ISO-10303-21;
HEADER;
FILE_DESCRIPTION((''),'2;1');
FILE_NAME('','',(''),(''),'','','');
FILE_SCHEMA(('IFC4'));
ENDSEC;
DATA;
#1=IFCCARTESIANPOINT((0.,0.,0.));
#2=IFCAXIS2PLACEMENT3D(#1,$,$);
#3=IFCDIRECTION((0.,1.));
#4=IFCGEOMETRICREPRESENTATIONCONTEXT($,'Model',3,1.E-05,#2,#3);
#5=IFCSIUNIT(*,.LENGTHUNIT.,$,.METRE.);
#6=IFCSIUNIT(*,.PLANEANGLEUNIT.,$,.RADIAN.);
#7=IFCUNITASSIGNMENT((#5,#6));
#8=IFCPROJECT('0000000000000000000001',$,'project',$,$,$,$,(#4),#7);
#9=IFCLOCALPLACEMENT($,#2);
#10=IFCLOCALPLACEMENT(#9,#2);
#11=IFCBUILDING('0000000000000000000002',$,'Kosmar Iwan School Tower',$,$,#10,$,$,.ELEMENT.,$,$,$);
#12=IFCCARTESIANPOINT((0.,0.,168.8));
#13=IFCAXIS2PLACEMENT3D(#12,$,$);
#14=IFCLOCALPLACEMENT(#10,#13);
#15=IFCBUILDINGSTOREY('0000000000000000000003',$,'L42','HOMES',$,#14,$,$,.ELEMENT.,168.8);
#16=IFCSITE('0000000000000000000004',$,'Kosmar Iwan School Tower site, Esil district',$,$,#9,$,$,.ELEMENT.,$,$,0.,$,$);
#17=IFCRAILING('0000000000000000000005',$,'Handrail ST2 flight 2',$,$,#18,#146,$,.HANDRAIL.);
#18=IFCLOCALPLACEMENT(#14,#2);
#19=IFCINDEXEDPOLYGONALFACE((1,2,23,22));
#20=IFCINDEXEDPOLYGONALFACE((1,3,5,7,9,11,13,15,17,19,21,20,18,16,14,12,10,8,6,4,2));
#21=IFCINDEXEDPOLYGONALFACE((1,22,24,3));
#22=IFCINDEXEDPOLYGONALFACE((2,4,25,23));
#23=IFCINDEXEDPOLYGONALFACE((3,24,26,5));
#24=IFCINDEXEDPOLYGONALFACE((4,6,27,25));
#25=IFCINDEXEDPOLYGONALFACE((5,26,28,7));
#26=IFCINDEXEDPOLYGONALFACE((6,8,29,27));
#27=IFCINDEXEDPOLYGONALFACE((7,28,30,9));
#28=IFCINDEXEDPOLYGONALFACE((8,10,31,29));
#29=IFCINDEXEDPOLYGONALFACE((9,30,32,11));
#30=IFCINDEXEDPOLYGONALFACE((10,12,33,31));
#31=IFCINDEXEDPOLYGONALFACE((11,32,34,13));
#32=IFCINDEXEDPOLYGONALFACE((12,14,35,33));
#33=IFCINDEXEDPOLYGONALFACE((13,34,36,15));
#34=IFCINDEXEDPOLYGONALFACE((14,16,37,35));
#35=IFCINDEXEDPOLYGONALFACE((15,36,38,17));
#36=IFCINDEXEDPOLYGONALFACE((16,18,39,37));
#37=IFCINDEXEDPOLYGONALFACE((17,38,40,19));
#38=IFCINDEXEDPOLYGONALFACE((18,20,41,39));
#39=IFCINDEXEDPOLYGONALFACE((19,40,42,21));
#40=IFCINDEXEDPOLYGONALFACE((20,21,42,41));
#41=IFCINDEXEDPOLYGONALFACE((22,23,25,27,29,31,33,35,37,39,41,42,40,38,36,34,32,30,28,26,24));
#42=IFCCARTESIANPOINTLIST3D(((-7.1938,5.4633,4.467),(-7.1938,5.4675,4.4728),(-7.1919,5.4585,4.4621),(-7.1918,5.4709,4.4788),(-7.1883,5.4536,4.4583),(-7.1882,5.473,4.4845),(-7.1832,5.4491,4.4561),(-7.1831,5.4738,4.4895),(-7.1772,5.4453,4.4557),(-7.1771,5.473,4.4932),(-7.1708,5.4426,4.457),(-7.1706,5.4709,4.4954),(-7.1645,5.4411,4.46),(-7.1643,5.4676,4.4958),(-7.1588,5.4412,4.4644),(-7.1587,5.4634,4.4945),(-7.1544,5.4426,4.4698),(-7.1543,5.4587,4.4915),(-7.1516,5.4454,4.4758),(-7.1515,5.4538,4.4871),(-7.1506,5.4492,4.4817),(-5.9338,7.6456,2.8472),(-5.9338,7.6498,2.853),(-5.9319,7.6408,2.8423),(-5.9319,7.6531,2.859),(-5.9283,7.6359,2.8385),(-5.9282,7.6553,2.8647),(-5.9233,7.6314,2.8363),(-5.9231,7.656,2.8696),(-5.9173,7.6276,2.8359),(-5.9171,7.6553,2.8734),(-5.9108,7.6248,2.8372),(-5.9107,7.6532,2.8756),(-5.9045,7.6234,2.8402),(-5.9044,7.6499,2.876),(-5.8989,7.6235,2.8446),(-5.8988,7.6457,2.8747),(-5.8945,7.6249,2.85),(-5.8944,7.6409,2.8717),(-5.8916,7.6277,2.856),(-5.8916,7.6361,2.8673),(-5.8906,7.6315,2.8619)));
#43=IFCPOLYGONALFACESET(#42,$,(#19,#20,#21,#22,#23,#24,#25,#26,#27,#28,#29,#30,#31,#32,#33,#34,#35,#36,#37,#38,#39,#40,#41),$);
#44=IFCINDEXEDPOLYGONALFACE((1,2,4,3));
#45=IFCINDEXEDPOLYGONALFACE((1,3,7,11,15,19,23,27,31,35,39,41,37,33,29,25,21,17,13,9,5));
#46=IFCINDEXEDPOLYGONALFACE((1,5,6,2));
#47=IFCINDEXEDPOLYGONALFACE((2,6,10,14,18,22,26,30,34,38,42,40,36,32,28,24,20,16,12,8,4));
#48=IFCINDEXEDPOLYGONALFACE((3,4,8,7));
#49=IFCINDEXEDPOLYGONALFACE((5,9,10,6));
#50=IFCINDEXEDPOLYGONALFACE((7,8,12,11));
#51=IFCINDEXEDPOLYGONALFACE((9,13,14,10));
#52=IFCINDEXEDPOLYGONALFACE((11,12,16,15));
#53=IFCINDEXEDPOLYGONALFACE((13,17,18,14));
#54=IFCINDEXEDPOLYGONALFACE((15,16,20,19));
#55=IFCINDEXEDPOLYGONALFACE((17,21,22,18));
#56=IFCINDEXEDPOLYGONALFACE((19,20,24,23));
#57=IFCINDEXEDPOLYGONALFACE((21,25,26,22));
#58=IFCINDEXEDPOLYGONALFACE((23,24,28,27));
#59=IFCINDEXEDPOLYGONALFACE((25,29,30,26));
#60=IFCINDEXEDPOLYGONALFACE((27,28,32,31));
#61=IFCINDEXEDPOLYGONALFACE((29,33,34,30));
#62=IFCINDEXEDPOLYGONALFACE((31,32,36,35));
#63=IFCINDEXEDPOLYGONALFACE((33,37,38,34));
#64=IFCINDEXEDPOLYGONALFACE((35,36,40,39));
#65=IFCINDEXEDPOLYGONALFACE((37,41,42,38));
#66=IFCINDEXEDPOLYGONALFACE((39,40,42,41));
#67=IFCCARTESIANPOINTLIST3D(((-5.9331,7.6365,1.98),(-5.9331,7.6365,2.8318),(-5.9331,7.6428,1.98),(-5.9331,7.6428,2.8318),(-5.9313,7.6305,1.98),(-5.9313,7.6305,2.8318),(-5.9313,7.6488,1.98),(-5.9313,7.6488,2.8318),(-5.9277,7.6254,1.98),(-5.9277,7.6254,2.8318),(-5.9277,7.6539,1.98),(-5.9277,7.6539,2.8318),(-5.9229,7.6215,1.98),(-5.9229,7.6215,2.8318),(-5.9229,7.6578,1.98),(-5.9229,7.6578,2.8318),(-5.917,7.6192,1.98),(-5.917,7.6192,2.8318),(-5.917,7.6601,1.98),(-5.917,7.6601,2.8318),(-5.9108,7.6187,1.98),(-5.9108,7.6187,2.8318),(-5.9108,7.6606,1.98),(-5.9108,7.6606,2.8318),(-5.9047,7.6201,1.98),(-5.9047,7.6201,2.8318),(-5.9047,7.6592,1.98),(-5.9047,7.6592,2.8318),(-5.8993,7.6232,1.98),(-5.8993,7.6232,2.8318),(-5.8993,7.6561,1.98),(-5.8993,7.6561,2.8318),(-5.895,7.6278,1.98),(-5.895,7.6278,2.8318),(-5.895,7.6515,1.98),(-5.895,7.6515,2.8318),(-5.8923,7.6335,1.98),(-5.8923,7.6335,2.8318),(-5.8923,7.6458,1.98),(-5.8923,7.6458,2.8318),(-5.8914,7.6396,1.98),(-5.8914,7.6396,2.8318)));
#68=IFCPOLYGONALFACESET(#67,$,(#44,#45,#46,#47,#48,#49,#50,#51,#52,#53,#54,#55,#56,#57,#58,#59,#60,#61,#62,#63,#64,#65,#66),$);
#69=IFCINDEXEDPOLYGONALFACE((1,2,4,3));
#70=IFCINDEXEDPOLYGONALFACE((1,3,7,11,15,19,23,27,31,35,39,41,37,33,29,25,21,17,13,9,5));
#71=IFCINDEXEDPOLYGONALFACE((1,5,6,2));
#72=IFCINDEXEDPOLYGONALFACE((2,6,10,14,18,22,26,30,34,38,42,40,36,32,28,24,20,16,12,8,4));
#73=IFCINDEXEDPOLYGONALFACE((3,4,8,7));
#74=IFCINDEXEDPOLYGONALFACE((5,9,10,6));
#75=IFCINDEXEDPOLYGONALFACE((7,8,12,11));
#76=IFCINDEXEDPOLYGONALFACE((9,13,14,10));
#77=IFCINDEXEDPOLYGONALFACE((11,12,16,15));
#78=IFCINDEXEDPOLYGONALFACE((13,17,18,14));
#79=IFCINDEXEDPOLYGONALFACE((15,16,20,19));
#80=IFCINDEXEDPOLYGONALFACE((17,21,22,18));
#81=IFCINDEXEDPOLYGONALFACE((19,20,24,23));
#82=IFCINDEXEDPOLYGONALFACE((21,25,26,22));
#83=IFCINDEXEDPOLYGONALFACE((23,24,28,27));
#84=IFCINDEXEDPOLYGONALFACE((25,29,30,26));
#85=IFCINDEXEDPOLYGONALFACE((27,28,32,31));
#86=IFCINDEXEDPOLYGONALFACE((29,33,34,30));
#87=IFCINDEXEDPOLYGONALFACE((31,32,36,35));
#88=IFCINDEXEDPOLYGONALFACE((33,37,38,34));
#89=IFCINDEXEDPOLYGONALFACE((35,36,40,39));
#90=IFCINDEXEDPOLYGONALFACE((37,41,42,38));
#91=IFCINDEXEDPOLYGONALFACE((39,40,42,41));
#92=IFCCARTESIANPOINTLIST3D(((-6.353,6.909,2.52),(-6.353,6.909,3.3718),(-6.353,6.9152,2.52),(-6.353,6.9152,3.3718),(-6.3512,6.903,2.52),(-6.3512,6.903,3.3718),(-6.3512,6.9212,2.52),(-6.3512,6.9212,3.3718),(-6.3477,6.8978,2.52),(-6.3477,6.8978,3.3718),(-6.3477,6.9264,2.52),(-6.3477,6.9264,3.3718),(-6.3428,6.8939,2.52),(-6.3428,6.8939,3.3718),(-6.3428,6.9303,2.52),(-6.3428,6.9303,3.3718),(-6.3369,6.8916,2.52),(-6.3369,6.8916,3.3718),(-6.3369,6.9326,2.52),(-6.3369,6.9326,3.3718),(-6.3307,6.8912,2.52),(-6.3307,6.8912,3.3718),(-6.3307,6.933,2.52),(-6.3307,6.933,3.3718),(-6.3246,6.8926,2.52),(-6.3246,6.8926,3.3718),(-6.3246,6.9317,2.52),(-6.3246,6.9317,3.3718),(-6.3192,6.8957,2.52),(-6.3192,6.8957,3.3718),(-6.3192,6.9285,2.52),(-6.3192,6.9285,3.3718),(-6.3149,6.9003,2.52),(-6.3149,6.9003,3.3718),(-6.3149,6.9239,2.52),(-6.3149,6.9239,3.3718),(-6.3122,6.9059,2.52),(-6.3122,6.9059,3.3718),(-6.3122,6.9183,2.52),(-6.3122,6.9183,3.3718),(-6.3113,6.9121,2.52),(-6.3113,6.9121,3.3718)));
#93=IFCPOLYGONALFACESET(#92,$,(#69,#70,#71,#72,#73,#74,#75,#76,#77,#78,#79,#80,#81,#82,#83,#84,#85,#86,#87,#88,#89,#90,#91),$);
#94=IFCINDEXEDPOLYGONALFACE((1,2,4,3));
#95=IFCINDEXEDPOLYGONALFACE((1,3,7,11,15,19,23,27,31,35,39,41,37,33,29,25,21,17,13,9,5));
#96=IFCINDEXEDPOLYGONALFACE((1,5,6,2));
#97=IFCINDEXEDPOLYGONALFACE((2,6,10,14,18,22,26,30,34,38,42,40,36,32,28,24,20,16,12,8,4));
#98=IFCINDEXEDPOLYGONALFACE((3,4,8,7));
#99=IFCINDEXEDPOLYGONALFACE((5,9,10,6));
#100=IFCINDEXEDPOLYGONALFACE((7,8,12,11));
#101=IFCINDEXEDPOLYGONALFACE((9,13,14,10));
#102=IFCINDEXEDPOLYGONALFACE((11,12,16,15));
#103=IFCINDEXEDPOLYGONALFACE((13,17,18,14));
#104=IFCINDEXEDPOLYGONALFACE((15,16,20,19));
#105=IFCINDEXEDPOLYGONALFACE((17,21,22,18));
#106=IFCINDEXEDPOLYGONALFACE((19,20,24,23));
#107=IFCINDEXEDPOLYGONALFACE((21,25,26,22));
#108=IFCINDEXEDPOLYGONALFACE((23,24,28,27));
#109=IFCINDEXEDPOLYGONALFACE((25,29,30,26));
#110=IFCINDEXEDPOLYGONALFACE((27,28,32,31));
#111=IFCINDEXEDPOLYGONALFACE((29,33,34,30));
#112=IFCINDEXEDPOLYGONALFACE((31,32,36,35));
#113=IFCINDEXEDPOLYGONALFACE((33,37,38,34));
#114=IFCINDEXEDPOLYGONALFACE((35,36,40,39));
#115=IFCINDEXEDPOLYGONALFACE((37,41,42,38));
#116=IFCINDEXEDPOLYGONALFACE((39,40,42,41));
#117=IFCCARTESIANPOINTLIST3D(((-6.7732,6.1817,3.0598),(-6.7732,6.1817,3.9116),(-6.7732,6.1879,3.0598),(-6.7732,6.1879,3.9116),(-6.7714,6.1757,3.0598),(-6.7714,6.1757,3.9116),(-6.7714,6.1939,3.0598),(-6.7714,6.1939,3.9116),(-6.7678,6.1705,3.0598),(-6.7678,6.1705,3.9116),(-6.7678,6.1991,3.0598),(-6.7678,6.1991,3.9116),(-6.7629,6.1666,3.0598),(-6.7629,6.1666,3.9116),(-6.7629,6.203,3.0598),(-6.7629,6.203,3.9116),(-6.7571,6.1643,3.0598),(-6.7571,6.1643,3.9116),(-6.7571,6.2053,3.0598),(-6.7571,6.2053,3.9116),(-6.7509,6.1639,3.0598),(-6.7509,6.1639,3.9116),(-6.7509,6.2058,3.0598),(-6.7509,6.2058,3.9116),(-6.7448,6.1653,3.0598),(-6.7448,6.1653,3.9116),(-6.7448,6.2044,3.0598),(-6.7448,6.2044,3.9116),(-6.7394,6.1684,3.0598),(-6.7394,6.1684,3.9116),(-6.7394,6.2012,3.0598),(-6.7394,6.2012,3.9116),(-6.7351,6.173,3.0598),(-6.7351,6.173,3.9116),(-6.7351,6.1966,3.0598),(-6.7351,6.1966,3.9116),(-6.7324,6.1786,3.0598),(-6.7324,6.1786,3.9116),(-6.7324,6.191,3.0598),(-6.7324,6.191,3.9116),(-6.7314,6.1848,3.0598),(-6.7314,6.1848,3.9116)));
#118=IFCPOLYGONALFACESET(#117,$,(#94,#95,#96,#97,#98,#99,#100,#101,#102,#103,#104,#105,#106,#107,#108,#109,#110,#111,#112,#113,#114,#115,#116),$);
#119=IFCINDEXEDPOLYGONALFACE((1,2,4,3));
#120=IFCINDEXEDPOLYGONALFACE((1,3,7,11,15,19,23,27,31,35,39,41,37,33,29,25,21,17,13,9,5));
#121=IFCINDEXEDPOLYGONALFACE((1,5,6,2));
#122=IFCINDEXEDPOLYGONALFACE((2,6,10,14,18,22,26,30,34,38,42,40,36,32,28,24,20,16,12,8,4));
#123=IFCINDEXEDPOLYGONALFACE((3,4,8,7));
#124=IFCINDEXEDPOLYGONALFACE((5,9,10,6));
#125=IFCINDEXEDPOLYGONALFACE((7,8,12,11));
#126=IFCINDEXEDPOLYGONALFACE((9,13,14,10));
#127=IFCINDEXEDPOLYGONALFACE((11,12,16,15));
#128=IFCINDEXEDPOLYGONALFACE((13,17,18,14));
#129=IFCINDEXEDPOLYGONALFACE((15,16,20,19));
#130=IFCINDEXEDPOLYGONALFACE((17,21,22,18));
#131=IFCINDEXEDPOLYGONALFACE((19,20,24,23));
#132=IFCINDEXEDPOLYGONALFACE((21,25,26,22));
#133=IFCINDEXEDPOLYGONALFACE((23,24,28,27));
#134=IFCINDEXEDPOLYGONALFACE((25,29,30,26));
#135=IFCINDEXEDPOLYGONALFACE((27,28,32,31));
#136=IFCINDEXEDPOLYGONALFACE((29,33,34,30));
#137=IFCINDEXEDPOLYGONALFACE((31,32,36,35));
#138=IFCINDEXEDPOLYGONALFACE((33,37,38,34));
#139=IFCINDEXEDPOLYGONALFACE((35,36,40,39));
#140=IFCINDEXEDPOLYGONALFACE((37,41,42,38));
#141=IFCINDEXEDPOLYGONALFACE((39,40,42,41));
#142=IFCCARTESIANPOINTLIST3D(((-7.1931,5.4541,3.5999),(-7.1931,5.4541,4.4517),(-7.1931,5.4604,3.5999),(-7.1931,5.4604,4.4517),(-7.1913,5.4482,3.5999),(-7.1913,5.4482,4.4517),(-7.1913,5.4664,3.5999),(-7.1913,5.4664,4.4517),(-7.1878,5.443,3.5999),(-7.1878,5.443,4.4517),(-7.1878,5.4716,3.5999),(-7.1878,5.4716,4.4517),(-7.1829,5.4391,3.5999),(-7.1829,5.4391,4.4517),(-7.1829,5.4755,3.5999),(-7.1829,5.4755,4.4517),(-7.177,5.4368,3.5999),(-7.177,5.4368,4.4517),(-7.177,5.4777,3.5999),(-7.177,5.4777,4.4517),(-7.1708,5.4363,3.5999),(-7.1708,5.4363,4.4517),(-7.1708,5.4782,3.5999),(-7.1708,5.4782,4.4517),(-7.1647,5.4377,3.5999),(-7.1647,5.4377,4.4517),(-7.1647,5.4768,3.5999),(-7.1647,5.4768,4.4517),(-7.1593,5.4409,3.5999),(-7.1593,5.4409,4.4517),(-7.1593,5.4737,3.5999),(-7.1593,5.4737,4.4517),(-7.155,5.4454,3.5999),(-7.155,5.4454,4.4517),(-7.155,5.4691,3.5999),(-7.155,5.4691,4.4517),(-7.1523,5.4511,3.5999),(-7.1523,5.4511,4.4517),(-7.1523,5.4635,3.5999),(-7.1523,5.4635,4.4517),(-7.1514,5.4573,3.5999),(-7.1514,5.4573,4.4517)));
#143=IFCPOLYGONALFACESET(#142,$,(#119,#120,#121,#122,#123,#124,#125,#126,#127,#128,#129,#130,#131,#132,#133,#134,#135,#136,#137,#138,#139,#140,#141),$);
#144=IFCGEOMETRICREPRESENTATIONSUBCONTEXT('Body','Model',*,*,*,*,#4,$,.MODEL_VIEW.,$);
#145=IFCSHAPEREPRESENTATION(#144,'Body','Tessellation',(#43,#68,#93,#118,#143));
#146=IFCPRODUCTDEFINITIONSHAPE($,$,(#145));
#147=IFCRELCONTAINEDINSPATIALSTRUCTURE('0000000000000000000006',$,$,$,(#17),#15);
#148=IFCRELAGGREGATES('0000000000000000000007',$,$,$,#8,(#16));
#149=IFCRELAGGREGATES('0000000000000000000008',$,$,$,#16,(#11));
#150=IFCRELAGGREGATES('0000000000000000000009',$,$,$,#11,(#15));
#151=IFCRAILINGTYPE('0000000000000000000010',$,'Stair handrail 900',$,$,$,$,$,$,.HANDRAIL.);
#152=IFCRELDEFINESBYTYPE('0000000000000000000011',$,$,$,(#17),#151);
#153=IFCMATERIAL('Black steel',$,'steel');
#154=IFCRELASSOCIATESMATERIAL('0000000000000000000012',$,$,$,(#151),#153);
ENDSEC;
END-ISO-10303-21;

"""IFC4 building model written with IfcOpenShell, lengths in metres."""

from ifc_helpers import new_model, si_unit, direction, frame, origin, origin_2d, place, context, subcontext, project, spatial, circle, extrude, material, type_object, element, save


model = new_model("IFC4")

# Units and contexts
model_context = context("Model", 3, precision=1e-05, world=origin(), true_north=direction((0.0, 1.0)))
body_context = subcontext(model_context, "Body", "Model", "MODEL_VIEW")
ifc_project = project(units=[si_unit("LENGTHUNIT", "METRE"), si_unit("PLANEANGLEUNIT", "RADIAN")], contexts=[model_context])

# Site, building, storey
site_placement = place(None, origin())
site = spatial("IfcSite", under=ifc_project, at=site_placement, Name="Kosmar Iwan School Tower site, Esil district", CompositionType="ELEMENT", RefElevation=0.0)
building_placement = place(site_placement, origin())
building = spatial("IfcBuilding", under=site, at=building_placement, Name="Kosmar Iwan School Tower", CompositionType="ELEMENT")
storey_placement = place(building_placement, frame((0.0, 0.0, 168.8)))
storey = spatial("IfcBuildingStorey", under=building, at=storey_placement, Name="L42", Description="HOMES", CompositionType="ELEMENT", Elevation=168.8)

# Railing
ifc_material_1 = material(Name="Black steel", Category="steel")
railing_type = type_object("IfcRailingType", Name="Stair handrail 900", PredefinedType="HANDRAIL", material=ifc_material_1)
railing_placement = place(storey_placement, frame((-5.9124, 7.6396, 1.98)))
element("IfcRailing", 1, at=railing_placement, inside=storey, type_object=railing_type, Name="Handrail ST2 flight 2", PredefinedType="HANDRAIL", context=body_context, shape_type="SweptSolid", body=[
    extrude(circle(Radius=0.0239, at=origin_2d()), frame((0.0, 0.0, 0.876), z_axis=(-0.420603, -0.728496, 0.540728), x_axis=(0.866023, -0.500005, 0.0)), (0.0, 0.0, 1.0), 2.9956),
    extrude(circle(Radius=0.021, at=origin_2d()), origin(), (0.0, 0.0, 1.0), 0.8518),
    extrude(circle(Radius=0.021, at=origin_2d()), frame((-0.4199, -0.7275, 0.54)), (0.0, 0.0, 1.0), 0.8518),
    extrude(circle(Radius=0.021, at=origin_2d()), frame((-0.8401, -1.4548, 1.0798)), (0.0, 0.0, 1.0), 0.8518),
    extrude(circle(Radius=0.021, at=origin_2d()), frame((-1.26, -2.1824, 1.6199)), (0.0, 0.0, 1.0), 0.8518),
])

save(model, "model.ifc")
